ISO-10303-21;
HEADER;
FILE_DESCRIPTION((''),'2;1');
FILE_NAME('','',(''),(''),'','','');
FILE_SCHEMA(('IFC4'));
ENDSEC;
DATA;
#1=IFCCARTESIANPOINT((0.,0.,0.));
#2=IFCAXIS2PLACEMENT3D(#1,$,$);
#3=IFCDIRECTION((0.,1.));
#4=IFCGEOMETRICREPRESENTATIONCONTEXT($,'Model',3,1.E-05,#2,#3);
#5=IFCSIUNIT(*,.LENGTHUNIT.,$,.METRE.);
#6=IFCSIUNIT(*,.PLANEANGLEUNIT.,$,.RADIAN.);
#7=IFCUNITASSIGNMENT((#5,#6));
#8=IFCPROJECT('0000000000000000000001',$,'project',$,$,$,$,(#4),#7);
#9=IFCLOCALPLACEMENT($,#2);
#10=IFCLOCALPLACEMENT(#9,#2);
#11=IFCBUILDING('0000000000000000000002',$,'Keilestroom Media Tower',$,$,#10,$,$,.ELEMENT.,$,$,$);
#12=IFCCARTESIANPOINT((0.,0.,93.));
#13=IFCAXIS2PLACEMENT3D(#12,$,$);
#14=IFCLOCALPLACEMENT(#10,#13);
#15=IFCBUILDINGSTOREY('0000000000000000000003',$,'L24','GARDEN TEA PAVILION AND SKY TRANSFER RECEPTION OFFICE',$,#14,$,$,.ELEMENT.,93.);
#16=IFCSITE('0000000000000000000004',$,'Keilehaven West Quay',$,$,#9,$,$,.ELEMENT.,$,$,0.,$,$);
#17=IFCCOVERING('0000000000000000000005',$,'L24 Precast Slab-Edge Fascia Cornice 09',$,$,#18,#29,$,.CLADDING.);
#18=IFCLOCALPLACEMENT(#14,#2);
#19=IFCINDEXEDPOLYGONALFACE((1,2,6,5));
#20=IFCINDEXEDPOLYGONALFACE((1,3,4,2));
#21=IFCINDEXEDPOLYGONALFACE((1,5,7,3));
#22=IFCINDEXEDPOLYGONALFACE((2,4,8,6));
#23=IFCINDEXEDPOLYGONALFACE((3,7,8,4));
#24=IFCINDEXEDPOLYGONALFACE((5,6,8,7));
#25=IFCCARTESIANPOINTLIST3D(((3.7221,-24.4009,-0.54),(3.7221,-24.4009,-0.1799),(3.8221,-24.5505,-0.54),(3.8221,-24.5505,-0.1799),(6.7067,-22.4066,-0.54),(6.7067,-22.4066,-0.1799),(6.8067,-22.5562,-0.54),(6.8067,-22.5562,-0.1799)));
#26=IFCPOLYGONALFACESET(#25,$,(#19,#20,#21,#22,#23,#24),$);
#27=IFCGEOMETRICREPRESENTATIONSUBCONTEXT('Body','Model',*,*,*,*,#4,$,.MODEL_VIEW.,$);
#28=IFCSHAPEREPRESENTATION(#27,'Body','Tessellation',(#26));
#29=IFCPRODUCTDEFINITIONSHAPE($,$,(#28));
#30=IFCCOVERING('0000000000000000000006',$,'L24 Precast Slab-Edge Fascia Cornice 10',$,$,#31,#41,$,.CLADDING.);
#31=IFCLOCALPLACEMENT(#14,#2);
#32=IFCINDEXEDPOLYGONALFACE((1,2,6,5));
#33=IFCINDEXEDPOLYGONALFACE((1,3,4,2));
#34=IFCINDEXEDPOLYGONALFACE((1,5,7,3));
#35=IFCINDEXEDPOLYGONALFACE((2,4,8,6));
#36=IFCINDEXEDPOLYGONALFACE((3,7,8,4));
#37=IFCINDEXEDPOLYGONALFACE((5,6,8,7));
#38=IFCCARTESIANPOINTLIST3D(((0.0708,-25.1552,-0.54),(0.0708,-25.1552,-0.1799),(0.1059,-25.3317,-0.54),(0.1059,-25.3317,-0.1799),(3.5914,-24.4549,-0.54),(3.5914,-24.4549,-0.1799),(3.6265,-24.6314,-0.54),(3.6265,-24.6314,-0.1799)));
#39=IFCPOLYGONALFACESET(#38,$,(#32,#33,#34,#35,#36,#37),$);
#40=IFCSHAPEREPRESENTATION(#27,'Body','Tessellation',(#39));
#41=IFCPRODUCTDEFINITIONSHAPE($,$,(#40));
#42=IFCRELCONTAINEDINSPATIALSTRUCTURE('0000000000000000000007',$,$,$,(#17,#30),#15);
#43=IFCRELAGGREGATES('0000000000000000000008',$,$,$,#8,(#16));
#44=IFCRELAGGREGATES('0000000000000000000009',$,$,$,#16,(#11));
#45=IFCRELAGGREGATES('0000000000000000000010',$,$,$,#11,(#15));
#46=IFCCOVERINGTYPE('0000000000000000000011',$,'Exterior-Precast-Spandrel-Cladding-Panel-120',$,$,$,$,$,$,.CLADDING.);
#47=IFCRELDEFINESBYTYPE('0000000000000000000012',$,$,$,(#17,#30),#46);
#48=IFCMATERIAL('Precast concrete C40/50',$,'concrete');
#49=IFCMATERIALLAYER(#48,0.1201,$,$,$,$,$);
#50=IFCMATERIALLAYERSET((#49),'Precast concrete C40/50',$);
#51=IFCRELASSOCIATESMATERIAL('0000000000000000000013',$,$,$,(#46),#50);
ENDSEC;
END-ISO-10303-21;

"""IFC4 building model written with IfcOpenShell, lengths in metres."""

from ifc_helpers import new_model, si_unit, direction, frame, origin, origin_2d, place, context, subcontext, project, spatial, rectangle, extrude, source, transform, mapped, material, layer, layer_set, type_object, element, save


model = new_model("IFC4")

# Units and contexts
model_context = context("Model", 3, precision=1e-05, world=origin(), true_north=direction((0.0, 1.0)))
body_context = subcontext(model_context, "Body", "Model", "MODEL_VIEW")
ifc_project = project(units=[si_unit("LENGTHUNIT", "METRE"), si_unit("PLANEANGLEUNIT", "RADIAN")], contexts=[model_context])

# Site, building, storey
site_placement = place(None, origin())
site = spatial("IfcSite", under=ifc_project, at=site_placement, Name="Keilehaven West Quay", CompositionType="ELEMENT", RefElevation=0.0)
building_placement = place(site_placement, origin())
building = spatial("IfcBuilding", under=site, at=building_placement, Name="Keilestroom Media Tower", CompositionType="ELEMENT")
storey_placement = place(building_placement, frame((0.0, 0.0, 93.0)))
storey = spatial("IfcBuildingStorey", under=building, at=storey_placement, Name="L24", Description="GARDEN TEA PAVILION AND SKY TRANSFER RECEPTION OFFICE", CompositionType="ELEMENT", Elevation=93.0)

# Shared definitions
ifc_material_1 = material(Name="Precast concrete C40/50", Category="concrete")

# Coverings
ifc_layer_1 = layer(ifc_material_1, 0.1201)
ifc_layer_set_1 = layer_set([ifc_layer_1], Name="Precast concrete C40/50")
covering_type = type_object("IfcCoveringType", Name="Exterior-Precast-Spandrel-Cladding-Panel-120", PredefinedType="CLADDING", material=ifc_layer_set_1)
shared_shape_1 = source(origin(), body_context, "Body", "SweptSolid", [
    extrude(rectangle(XDim=3.5896, YDim=0.1799, at=origin_2d()), origin(), (0.0, 0.0, 1.0), 0.3601),
])
for number, where, z_axis, x_axis, name in (
    (1, (5.2644, -23.4785, -0.54), (0.0, 0.0, 1.0), (-0.831467, -0.555575, 0.0), "L24 Precast Slab-Edge Fascia Cornice 09"),
    (2, (1.8486, -24.8933, -0.54), (0.0, 0.0, 1.0), (-0.980784, -0.195099, 0.0), "L24 Precast Slab-Edge Fascia Cornice 10"),
):
    element("IfcCovering", number, at=place(storey_placement, frame(where, z_axis=z_axis, x_axis=x_axis)), inside=storey, type_object=covering_type, Name=name, PredefinedType="CLADDING", context=body_context, shape_type="MappedRepresentation", body=[
        mapped(shared_shape_1, transform((0.0, 0.0, 0.0), x_axis=(1.0, 0.0, 0.0), y_axis=(0.0, 1.0, 0.0), z_axis=(0.0, 0.0, 1.0), scale=1.0)),
    ])

save(model, "model.ifc")
